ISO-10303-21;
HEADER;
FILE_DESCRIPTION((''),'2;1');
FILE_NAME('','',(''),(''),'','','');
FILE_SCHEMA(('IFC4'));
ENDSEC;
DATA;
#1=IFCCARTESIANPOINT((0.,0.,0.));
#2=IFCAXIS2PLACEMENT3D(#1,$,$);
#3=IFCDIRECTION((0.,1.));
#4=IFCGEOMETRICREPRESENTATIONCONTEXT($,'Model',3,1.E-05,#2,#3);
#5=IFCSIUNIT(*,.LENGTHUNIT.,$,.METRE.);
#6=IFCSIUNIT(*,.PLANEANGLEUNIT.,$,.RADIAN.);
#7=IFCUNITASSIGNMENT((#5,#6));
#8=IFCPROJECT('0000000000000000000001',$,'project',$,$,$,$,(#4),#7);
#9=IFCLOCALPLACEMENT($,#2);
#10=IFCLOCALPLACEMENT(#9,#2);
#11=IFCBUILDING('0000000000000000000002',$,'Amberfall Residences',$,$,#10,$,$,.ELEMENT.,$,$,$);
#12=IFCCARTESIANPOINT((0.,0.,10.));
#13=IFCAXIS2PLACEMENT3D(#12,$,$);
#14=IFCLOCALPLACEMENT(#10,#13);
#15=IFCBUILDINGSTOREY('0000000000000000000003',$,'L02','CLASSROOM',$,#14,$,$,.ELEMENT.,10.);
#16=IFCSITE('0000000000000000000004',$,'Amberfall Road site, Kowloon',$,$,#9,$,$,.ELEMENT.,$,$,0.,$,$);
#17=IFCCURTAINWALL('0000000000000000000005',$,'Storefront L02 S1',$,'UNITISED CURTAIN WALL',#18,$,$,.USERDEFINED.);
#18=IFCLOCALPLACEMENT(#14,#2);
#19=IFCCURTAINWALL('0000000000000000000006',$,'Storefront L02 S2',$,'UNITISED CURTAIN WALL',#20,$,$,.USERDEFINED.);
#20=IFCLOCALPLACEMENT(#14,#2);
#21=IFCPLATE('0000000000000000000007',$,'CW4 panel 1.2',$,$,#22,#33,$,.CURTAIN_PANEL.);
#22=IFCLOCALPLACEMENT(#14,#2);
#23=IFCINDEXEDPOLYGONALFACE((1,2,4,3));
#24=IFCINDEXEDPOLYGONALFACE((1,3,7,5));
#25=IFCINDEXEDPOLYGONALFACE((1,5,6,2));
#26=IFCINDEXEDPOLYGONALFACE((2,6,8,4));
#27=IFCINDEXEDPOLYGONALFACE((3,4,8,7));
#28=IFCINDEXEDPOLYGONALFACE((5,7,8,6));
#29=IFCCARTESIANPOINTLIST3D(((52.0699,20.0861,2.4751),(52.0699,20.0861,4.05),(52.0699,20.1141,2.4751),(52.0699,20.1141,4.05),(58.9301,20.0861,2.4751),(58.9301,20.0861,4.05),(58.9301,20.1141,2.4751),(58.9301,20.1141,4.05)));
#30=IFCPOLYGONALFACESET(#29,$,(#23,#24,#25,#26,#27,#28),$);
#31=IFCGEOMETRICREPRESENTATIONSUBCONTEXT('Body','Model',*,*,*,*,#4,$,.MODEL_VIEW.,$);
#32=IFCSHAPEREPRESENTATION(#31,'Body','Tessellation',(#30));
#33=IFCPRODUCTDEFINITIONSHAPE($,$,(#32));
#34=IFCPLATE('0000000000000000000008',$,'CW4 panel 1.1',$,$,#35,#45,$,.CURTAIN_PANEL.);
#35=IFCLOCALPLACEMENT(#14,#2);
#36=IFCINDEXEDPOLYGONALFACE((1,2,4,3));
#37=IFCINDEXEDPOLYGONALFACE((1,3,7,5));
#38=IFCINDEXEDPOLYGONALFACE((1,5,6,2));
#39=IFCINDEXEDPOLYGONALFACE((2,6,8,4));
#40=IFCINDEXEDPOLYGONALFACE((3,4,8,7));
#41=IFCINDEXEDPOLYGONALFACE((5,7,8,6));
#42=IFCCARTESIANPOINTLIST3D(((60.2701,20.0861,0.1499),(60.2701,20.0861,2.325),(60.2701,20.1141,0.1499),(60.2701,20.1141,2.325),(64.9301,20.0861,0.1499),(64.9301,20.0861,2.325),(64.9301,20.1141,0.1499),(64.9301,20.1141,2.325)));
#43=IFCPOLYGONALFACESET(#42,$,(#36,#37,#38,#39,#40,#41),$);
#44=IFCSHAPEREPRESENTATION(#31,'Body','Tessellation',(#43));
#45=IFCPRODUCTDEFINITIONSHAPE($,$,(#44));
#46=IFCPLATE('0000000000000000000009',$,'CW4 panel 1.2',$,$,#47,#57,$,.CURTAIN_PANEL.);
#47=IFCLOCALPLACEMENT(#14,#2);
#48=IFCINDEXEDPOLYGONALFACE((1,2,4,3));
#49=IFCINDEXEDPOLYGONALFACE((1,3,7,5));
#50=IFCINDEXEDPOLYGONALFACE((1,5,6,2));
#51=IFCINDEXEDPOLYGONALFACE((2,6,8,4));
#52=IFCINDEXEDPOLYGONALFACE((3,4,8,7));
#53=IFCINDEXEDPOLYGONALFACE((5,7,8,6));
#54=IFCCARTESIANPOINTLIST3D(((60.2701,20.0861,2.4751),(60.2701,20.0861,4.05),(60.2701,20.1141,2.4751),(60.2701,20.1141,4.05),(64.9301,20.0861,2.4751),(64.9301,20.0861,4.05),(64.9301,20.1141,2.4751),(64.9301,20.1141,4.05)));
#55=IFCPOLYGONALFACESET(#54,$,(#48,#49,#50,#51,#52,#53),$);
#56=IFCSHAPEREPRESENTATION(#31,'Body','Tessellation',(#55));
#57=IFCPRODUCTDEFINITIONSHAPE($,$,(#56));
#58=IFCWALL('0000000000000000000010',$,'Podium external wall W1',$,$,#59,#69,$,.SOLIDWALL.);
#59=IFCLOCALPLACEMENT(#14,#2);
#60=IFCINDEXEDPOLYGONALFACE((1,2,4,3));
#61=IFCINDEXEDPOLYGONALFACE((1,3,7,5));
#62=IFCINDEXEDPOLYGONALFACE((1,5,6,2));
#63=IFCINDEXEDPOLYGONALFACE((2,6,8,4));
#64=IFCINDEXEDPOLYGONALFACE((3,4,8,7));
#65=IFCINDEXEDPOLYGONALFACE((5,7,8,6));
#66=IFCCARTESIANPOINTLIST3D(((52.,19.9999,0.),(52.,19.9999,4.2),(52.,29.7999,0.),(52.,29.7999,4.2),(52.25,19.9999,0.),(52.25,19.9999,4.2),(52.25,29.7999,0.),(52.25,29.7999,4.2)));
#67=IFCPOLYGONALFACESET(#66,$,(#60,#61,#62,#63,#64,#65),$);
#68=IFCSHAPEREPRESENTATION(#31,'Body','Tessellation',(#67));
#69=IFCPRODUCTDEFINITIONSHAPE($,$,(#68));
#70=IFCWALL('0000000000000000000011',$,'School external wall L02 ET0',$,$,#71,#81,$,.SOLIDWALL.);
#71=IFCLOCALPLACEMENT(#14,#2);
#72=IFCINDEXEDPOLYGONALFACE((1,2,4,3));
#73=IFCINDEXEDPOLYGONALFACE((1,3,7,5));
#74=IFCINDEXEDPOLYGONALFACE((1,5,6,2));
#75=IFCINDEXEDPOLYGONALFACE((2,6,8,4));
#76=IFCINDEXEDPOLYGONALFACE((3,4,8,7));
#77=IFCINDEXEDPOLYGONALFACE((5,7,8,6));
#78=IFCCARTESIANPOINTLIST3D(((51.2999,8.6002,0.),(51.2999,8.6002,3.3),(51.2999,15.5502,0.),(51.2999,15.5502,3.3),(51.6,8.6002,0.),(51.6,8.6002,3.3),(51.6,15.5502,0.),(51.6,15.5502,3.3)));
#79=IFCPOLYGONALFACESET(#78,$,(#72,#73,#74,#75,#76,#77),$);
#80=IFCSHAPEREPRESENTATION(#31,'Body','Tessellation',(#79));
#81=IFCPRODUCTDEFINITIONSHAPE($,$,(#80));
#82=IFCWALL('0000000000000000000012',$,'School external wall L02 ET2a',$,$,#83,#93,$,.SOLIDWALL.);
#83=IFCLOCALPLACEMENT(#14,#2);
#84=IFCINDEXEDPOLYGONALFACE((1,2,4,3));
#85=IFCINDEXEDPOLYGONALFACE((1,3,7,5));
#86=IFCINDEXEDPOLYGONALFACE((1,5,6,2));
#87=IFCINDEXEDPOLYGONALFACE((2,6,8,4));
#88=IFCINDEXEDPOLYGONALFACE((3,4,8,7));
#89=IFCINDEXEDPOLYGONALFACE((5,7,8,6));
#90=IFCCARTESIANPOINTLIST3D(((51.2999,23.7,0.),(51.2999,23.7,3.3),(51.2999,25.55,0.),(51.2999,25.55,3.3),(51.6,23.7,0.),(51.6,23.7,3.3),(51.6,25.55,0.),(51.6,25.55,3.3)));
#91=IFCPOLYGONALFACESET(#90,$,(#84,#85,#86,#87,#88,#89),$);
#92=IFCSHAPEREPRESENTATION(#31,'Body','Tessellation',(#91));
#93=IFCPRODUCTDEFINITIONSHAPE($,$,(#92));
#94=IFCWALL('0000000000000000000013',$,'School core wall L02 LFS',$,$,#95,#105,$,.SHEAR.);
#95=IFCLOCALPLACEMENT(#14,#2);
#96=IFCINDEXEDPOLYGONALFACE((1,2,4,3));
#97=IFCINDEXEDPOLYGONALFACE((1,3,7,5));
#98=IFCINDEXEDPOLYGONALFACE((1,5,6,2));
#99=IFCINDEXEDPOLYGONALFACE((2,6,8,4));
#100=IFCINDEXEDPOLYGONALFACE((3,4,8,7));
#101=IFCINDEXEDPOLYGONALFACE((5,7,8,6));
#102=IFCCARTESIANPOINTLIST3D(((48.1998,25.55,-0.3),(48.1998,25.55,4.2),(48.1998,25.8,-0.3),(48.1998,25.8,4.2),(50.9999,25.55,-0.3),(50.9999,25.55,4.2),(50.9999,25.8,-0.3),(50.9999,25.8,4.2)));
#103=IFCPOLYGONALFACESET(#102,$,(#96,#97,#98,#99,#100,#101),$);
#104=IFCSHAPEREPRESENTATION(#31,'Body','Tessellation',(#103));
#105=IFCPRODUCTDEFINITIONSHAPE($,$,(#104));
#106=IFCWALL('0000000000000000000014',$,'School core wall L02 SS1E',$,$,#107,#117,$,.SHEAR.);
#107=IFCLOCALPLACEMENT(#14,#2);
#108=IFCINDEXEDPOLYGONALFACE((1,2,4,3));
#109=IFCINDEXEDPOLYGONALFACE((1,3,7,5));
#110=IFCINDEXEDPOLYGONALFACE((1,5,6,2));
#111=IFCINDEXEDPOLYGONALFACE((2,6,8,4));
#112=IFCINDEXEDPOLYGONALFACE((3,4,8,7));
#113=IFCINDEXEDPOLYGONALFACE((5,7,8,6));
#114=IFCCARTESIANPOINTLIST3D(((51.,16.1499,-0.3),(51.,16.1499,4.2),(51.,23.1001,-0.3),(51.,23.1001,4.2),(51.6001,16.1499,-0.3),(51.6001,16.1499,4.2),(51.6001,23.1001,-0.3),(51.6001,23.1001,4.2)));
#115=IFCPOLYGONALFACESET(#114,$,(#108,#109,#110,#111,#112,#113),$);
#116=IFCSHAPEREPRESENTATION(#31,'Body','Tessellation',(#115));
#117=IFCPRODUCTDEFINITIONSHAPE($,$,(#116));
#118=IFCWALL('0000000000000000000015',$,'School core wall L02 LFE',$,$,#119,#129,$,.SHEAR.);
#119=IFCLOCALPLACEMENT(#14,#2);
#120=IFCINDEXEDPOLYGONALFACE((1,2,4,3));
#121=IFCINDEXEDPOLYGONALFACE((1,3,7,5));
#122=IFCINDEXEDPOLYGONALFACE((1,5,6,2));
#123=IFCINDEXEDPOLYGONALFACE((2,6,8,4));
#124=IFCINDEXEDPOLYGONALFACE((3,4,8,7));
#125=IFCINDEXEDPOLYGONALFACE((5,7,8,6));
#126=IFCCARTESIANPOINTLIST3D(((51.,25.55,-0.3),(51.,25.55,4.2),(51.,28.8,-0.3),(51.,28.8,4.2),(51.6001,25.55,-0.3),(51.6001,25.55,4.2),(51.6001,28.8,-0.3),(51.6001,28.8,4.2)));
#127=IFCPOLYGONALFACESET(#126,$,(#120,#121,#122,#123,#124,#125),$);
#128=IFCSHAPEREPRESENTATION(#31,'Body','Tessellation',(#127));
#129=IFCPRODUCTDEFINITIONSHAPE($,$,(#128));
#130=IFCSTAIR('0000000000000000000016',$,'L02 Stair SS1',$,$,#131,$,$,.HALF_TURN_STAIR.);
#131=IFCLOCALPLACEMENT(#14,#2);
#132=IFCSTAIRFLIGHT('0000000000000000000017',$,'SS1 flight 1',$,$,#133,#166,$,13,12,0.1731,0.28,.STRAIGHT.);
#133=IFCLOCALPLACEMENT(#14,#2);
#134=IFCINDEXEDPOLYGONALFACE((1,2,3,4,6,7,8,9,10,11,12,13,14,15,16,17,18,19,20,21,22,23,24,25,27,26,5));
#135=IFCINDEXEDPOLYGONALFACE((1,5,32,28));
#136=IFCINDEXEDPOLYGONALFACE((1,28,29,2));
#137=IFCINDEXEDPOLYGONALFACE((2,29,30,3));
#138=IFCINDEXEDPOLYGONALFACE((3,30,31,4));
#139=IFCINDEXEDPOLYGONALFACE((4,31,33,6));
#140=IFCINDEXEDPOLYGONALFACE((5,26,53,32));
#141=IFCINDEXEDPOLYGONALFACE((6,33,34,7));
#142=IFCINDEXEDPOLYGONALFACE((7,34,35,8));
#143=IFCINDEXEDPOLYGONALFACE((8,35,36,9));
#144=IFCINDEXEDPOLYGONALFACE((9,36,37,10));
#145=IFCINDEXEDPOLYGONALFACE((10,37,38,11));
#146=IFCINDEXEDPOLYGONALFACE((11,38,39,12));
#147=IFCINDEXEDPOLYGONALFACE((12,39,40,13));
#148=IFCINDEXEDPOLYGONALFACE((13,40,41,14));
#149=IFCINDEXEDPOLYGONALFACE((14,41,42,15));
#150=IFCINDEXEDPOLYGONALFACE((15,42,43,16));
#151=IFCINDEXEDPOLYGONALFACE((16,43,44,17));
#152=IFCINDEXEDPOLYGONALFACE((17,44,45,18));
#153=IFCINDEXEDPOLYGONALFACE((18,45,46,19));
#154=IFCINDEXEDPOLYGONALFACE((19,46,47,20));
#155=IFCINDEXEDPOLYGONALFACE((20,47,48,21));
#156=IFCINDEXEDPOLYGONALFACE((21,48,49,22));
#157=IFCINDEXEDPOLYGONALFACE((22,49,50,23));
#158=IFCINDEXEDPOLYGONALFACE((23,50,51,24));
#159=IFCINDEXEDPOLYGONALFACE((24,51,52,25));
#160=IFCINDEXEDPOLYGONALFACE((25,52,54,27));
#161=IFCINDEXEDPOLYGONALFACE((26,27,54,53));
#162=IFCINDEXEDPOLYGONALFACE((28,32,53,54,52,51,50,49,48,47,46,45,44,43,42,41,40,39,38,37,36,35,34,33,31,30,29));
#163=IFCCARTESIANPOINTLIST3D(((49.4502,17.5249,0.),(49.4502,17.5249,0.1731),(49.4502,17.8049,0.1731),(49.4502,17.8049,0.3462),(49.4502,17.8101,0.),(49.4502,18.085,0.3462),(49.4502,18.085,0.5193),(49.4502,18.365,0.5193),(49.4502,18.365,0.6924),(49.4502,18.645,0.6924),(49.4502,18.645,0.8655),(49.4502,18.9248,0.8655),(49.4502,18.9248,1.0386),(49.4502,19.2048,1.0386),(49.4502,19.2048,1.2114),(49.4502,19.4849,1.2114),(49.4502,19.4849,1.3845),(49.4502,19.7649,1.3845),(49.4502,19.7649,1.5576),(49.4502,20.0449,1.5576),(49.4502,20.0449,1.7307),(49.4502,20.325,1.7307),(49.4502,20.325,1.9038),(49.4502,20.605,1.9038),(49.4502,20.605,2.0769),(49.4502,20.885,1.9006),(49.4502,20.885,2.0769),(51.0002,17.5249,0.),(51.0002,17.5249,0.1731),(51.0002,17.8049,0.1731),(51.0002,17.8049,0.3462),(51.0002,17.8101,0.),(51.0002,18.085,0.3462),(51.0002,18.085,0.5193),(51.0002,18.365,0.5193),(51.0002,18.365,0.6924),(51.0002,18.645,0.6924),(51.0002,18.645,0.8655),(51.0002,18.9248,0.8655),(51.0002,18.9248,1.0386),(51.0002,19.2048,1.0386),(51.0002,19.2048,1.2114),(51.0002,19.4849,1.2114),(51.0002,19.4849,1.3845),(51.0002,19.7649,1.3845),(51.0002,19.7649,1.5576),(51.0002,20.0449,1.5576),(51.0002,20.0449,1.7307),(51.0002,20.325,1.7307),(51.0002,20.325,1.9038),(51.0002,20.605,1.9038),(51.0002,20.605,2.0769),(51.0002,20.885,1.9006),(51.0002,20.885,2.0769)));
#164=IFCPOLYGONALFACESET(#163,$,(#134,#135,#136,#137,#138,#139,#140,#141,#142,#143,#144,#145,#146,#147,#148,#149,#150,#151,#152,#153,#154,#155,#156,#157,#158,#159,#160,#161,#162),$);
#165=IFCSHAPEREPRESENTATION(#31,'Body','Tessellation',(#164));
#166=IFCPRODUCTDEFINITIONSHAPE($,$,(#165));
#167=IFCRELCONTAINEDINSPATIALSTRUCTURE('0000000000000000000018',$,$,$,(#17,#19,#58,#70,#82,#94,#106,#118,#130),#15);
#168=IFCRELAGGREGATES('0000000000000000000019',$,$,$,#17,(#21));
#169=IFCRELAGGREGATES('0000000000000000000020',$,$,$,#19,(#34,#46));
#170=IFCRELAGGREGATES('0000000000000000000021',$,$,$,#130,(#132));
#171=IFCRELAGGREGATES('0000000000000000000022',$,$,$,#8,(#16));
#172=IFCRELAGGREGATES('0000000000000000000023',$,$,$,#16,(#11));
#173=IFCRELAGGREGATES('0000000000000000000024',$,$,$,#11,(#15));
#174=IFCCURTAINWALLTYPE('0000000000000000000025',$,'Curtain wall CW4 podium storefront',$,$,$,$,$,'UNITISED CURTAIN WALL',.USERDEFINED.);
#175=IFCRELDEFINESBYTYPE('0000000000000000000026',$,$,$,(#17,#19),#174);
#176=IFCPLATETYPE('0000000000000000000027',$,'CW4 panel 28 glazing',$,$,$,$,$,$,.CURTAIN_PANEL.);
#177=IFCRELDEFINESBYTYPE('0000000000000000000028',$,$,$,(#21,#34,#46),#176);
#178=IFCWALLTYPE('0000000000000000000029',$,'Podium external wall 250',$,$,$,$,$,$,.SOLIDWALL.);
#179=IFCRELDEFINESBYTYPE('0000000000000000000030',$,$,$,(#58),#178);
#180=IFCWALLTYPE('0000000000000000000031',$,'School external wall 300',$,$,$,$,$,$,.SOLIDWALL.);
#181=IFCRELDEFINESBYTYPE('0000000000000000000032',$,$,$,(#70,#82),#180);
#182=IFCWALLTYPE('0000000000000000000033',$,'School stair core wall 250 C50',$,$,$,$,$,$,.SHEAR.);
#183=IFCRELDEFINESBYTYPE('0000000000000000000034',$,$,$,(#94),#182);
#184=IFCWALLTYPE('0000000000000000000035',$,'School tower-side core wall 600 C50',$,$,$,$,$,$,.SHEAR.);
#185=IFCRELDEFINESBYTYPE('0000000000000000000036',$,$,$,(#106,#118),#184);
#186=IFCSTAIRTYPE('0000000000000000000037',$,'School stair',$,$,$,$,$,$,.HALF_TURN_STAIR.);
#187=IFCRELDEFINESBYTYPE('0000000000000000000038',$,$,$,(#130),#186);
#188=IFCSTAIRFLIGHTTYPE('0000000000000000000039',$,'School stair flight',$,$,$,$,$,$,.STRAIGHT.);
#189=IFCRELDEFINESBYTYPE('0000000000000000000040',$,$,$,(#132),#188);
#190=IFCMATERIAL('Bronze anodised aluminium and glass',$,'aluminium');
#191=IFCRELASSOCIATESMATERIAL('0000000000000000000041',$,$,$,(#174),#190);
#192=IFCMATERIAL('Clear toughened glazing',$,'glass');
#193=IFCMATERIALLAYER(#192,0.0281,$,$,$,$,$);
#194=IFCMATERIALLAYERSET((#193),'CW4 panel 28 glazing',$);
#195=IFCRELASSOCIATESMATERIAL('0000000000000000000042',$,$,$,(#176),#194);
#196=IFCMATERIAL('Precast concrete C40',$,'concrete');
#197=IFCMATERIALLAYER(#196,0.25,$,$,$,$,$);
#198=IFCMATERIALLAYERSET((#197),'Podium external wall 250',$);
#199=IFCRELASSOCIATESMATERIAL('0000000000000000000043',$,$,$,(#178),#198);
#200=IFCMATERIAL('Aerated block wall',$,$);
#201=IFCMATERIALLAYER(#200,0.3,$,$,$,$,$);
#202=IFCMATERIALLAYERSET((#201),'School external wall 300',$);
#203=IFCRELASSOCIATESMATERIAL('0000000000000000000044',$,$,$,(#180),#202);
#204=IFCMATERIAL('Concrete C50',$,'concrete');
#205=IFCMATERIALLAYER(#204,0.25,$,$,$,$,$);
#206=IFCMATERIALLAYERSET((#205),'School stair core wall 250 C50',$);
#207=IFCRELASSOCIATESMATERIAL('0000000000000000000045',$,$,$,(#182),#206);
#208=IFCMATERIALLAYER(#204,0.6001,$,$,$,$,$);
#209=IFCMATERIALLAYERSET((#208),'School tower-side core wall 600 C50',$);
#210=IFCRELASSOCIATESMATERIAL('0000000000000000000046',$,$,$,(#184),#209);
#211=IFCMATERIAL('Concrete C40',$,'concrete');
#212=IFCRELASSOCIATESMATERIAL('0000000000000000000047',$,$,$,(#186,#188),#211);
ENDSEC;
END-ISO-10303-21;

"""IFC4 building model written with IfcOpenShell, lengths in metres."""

from ifc_helpers import new_model, si_unit, direction, frame, frame_2d, origin, origin_2d, place, context, subcontext, project, spatial, polyline, rectangle, outline, extrude, material, layer, layer_set, type_object, element, aggregate, save


model = new_model("IFC4")

# Units and contexts
model_context = context("Model", 3, precision=1e-05, world=origin(), true_north=direction((0.0, 1.0)))
body_context = subcontext(model_context, "Body", "Model", "MODEL_VIEW")
ifc_project = project(units=[si_unit("LENGTHUNIT", "METRE"), si_unit("PLANEANGLEUNIT", "RADIAN")], contexts=[model_context])

# Site, building, storey
site_placement = place(None, origin())
site = spatial("IfcSite", under=ifc_project, at=site_placement, Name="Amberfall Road site, Kowloon", CompositionType="ELEMENT", RefElevation=0.0)
building_placement = place(site_placement, origin())
building = spatial("IfcBuilding", under=site, at=building_placement, Name="Amberfall Residences", CompositionType="ELEMENT")
storey_placement = place(building_placement, frame((0.0, 0.0, 10.0)))
storey = spatial("IfcBuildingStorey", under=building, at=storey_placement, Name="L02", Description="CLASSROOM", CompositionType="ELEMENT", Elevation=10.0)

# Shared definitions
ifc_material_1 = material(Name="Concrete C40", Category="concrete")

# Curtain walls
ifc_material_2 = material(Name="Bronze anodised aluminium and glass", Category="aluminium")
curtain_wall_type = type_object("IfcCurtainWallType", Name="Curtain wall CW4 podium storefront", ElementType="UNITISED CURTAIN WALL", PredefinedType="USERDEFINED", material=ifc_material_2)
curtain_wall_1_placement = place(storey_placement, origin())
curtain_wall_1 = element("IfcCurtainWall", 1, at=curtain_wall_1_placement, inside=storey, type_object=curtain_wall_type, Name="Storefront L02 S1", ObjectType="UNITISED CURTAIN WALL", PredefinedType="USERDEFINED")
curtain_wall_2_placement = place(storey_placement, origin())
curtain_wall_2 = element("IfcCurtainWall", 2, at=curtain_wall_2_placement, inside=storey, type_object=curtain_wall_type, Name="Storefront L02 S2", ObjectType="UNITISED CURTAIN WALL", PredefinedType="USERDEFINED")

# Plates
ifc_material_3 = material(Name="Clear toughened glazing", Category="glass")
ifc_layer_1 = layer(ifc_material_3, 0.0281)
ifc_layer_set_1 = layer_set([ifc_layer_1], Name="CW4 panel 28 glazing")
plate_type = type_object("IfcPlateType", Name="CW4 panel 28 glazing", PredefinedType="CURTAIN_PANEL", material=ifc_layer_set_1)
plate_1_placement = place(storey_placement, frame((55.5, 20.1001, 2.4751), z_axis=(0.0, 0.0, 1.0), x_axis=(1.0, 0.0, 0.0)))
plate_1 = element("IfcPlate", 3, at=plate_1_placement, type_object=plate_type, Name="CW4 panel 1.2", PredefinedType="CURTAIN_PANEL", context=body_context, shape_type="SweptSolid", body=[
    extrude(rectangle(XDim=6.8601, YDim=0.0281, at=origin_2d()), origin(), (0.0, 0.0, 1.0), 1.575),
])
aggregate(curtain_wall_1, [plate_1])
plate_2_placement = place(storey_placement, frame((62.6001, 20.1001, 0.1499), z_axis=(0.0, 0.0, 1.0), x_axis=(1.0, 0.0, 0.0)))
plate_2 = element("IfcPlate", 4, at=plate_2_placement, type_object=plate_type, Name="CW4 panel 1.1", PredefinedType="CURTAIN_PANEL", context=body_context, shape_type="SweptSolid", body=[
    extrude(rectangle(XDim=4.6599, YDim=0.0281, at=origin_2d()), origin(), (0.0, 0.0, 1.0), 2.175),
])
plate_3_placement = place(storey_placement, frame((62.6001, 20.1001, 2.4751), z_axis=(0.0, 0.0, 1.0), x_axis=(1.0, 0.0, 0.0)))
plate_3 = element("IfcPlate", 5, at=plate_3_placement, type_object=plate_type, Name="CW4 panel 1.2", PredefinedType="CURTAIN_PANEL", context=body_context, shape_type="SweptSolid", body=[
    extrude(rectangle(XDim=4.6599, YDim=0.0281, at=origin_2d()), origin(), (0.0, 0.0, 1.0), 1.575),
])
aggregate(curtain_wall_2, [plate_2, plate_3])

# Walls
ifc_material_4 = material(Name="Precast concrete C40", Category="concrete")
ifc_layer_2 = layer(ifc_material_4, 0.25)
ifc_layer_set_2 = layer_set([ifc_layer_2], Name="Podium external wall 250")
wall_type_1 = type_object("IfcWallType", Name="Podium external wall 250", PredefinedType="SOLIDWALL", material=ifc_layer_set_2)
wall_1_placement = place(storey_placement, frame((52.125, 20.0, 0.0), z_axis=(0.0, 0.0, 1.0), x_axis=(0.0, 1.0, 0.0)))
element("IfcWall", 6, at=wall_1_placement, inside=storey, type_object=wall_type_1, Name="Podium external wall W1", PredefinedType="SOLIDWALL", context=body_context, shape_type="SweptSolid", body=[
    extrude(rectangle(XDim=9.8, YDim=0.25, at=frame_2d((4.8999, 0.0))), origin(), (0.0, 0.0, 1.0), 4.2),
])
ifc_material_5 = material(Name="Aerated block wall")
ifc_layer_3 = layer(ifc_material_5, 0.3)
ifc_layer_set_3 = layer_set([ifc_layer_3], Name="School external wall 300")
wall_type_2 = type_object("IfcWallType", Name="School external wall 300", PredefinedType="SOLIDWALL", material=ifc_layer_set_3)
wall_2_placement = place(storey_placement, frame((51.45, 8.6001, 0.0), z_axis=(0.0, 0.0, 1.0), x_axis=(0.0, 1.0, 0.0)))
element("IfcWall", 7, at=wall_2_placement, inside=storey, type_object=wall_type_2, Name="School external wall L02 ET0", PredefinedType="SOLIDWALL", context=body_context, shape_type="SweptSolid", body=[
    extrude(rectangle(XDim=6.95, YDim=0.3, at=frame_2d((3.4751, 0.0))), origin(), (0.0, 0.0, 1.0), 3.3),
])
wall_3_placement = place(storey_placement, frame((51.45, 23.7, 0.0), z_axis=(0.0, 0.0, 1.0), x_axis=(0.0, 1.0, 0.0)))
element("IfcWall", 8, at=wall_3_placement, inside=storey, type_object=wall_type_2, Name="School external wall L02 ET2a", PredefinedType="SOLIDWALL", context=body_context, shape_type="SweptSolid", body=[
    extrude(rectangle(XDim=1.8501, YDim=0.3, at=frame_2d((0.925, 0.0))), origin(), (0.0, 0.0, 1.0), 3.3),
])
ifc_material_6 = material(Name="Concrete C50", Category="concrete")
ifc_layer_4 = layer(ifc_material_6, 0.25)
ifc_layer_set_4 = layer_set([ifc_layer_4], Name="School stair core wall 250 C50")
wall_type_3 = type_object("IfcWallType", Name="School stair core wall 250 C50", PredefinedType="SHEAR", material=ifc_layer_set_4)
wall_4_placement = place(storey_placement, frame((48.2, 25.675, -0.3), z_axis=(0.0, 0.0, 1.0), x_axis=(1.0, 0.0, 0.0)))
element("IfcWall", 9, at=wall_4_placement, inside=storey, type_object=wall_type_3, Name="School core wall L02 LFS", PredefinedType="SHEAR", context=body_context, shape_type="SweptSolid", body=[
    extrude(rectangle(XDim=2.8, YDim=0.25, at=frame_2d((1.3999, 0.0))), origin(), (0.0, 0.0, 1.0), 4.5),
])
ifc_layer_5 = layer(ifc_material_6, 0.6001)
ifc_layer_set_5 = layer_set([ifc_layer_5], Name="School tower-side core wall 600 C50")
wall_type_4 = type_object("IfcWallType", Name="School tower-side core wall 600 C50", PredefinedType="SHEAR", material=ifc_layer_set_5)
wall_5_placement = place(storey_placement, frame((51.3, 16.1499, -0.3), z_axis=(0.0, 0.0, 1.0), x_axis=(0.0, 1.0, 0.0)))
element("IfcWall", 10, at=wall_5_placement, inside=storey, type_object=wall_type_4, Name="School core wall L02 SS1E", PredefinedType="SHEAR", context=body_context, shape_type="SweptSolid", body=[
    extrude(rectangle(XDim=6.9502, YDim=0.6001, at=frame_2d((3.4751, 0.0))), origin(), (0.0, 0.0, 1.0), 4.5),
])
wall_6_placement = place(storey_placement, frame((51.3, 25.55, -0.3), z_axis=(0.0, 0.0, 1.0), x_axis=(0.0, 1.0, 0.0)))
element("IfcWall", 11, at=wall_6_placement, inside=storey, type_object=wall_type_4, Name="School core wall L02 LFE", PredefinedType="SHEAR", context=body_context, shape_type="SweptSolid", body=[
    extrude(rectangle(XDim=3.25, YDim=0.6001, at=frame_2d((1.625, 0.0))), origin(), (0.0, 0.0, 1.0), 4.5),
])

# Stair, stair flight
stair_type = type_object("IfcStairType", Name="School stair", PredefinedType="HALF_TURN_STAIR", material=ifc_material_1)
stair_placement = place(storey_placement, origin())
stair = element("IfcStair", 12, at=stair_placement, inside=storey, type_object=stair_type, Name="L02 Stair SS1", PredefinedType="HALF_TURN_STAIR")
stair_flight_type = type_object("IfcStairFlightType", Name="School stair flight", PredefinedType="STRAIGHT", material=ifc_material_1)
stair_flight_1_placement = place(storey_placement, frame((50.2251, 17.5249, 0.0), z_axis=(0.0, 0.0, 1.0), x_axis=(0.0, 1.0, 0.0)))
stair_flight_1 = element("IfcStairFlight", 13, at=stair_flight_1_placement, type_object=stair_flight_type, Name="SS1 flight 1", NumberOfRisers=13, NumberOfTreads=12, PredefinedType="STRAIGHT", RiserHeight=0.1731, TreadLength=0.28, context=body_context, shape_type="SweptSolid", body=[
    extrude(outline(polyline([(0.0, 0.0), (0.0, 0.1731), (0.28, 0.1731), (0.28, 0.3462), (0.5601, 0.3462), (0.5601, 0.5193), (0.8401, 0.5193), (0.8401, 0.6924), (1.1201, 0.6924), (1.1201, 0.8655), (1.3999, 0.8655), (1.3999, 1.0386), (1.6799, 1.0386), (1.6799, 1.2114), (1.96, 1.2114), (1.96, 1.3845), (2.24, 1.3845), (2.24, 1.5576), (2.52, 1.5576), (2.52, 1.7307), (2.8, 1.7307), (2.8, 1.9038), (3.0801, 1.9038), (3.0801, 2.0769), (3.3601, 2.0769), (3.3601, 2.25), (3.3601, 1.9006), (0.2852, 0.0), (0.0, 0.0)])), frame((0.0, 0.7749, 0.0), z_axis=(0.0, -1.0, 0.0), x_axis=(1.0, 0.0, 0.0)), (0.0, 0.0, 1.0), 1.55),
])
aggregate(stair, [stair_flight_1])

save(model, "model.ifc")
